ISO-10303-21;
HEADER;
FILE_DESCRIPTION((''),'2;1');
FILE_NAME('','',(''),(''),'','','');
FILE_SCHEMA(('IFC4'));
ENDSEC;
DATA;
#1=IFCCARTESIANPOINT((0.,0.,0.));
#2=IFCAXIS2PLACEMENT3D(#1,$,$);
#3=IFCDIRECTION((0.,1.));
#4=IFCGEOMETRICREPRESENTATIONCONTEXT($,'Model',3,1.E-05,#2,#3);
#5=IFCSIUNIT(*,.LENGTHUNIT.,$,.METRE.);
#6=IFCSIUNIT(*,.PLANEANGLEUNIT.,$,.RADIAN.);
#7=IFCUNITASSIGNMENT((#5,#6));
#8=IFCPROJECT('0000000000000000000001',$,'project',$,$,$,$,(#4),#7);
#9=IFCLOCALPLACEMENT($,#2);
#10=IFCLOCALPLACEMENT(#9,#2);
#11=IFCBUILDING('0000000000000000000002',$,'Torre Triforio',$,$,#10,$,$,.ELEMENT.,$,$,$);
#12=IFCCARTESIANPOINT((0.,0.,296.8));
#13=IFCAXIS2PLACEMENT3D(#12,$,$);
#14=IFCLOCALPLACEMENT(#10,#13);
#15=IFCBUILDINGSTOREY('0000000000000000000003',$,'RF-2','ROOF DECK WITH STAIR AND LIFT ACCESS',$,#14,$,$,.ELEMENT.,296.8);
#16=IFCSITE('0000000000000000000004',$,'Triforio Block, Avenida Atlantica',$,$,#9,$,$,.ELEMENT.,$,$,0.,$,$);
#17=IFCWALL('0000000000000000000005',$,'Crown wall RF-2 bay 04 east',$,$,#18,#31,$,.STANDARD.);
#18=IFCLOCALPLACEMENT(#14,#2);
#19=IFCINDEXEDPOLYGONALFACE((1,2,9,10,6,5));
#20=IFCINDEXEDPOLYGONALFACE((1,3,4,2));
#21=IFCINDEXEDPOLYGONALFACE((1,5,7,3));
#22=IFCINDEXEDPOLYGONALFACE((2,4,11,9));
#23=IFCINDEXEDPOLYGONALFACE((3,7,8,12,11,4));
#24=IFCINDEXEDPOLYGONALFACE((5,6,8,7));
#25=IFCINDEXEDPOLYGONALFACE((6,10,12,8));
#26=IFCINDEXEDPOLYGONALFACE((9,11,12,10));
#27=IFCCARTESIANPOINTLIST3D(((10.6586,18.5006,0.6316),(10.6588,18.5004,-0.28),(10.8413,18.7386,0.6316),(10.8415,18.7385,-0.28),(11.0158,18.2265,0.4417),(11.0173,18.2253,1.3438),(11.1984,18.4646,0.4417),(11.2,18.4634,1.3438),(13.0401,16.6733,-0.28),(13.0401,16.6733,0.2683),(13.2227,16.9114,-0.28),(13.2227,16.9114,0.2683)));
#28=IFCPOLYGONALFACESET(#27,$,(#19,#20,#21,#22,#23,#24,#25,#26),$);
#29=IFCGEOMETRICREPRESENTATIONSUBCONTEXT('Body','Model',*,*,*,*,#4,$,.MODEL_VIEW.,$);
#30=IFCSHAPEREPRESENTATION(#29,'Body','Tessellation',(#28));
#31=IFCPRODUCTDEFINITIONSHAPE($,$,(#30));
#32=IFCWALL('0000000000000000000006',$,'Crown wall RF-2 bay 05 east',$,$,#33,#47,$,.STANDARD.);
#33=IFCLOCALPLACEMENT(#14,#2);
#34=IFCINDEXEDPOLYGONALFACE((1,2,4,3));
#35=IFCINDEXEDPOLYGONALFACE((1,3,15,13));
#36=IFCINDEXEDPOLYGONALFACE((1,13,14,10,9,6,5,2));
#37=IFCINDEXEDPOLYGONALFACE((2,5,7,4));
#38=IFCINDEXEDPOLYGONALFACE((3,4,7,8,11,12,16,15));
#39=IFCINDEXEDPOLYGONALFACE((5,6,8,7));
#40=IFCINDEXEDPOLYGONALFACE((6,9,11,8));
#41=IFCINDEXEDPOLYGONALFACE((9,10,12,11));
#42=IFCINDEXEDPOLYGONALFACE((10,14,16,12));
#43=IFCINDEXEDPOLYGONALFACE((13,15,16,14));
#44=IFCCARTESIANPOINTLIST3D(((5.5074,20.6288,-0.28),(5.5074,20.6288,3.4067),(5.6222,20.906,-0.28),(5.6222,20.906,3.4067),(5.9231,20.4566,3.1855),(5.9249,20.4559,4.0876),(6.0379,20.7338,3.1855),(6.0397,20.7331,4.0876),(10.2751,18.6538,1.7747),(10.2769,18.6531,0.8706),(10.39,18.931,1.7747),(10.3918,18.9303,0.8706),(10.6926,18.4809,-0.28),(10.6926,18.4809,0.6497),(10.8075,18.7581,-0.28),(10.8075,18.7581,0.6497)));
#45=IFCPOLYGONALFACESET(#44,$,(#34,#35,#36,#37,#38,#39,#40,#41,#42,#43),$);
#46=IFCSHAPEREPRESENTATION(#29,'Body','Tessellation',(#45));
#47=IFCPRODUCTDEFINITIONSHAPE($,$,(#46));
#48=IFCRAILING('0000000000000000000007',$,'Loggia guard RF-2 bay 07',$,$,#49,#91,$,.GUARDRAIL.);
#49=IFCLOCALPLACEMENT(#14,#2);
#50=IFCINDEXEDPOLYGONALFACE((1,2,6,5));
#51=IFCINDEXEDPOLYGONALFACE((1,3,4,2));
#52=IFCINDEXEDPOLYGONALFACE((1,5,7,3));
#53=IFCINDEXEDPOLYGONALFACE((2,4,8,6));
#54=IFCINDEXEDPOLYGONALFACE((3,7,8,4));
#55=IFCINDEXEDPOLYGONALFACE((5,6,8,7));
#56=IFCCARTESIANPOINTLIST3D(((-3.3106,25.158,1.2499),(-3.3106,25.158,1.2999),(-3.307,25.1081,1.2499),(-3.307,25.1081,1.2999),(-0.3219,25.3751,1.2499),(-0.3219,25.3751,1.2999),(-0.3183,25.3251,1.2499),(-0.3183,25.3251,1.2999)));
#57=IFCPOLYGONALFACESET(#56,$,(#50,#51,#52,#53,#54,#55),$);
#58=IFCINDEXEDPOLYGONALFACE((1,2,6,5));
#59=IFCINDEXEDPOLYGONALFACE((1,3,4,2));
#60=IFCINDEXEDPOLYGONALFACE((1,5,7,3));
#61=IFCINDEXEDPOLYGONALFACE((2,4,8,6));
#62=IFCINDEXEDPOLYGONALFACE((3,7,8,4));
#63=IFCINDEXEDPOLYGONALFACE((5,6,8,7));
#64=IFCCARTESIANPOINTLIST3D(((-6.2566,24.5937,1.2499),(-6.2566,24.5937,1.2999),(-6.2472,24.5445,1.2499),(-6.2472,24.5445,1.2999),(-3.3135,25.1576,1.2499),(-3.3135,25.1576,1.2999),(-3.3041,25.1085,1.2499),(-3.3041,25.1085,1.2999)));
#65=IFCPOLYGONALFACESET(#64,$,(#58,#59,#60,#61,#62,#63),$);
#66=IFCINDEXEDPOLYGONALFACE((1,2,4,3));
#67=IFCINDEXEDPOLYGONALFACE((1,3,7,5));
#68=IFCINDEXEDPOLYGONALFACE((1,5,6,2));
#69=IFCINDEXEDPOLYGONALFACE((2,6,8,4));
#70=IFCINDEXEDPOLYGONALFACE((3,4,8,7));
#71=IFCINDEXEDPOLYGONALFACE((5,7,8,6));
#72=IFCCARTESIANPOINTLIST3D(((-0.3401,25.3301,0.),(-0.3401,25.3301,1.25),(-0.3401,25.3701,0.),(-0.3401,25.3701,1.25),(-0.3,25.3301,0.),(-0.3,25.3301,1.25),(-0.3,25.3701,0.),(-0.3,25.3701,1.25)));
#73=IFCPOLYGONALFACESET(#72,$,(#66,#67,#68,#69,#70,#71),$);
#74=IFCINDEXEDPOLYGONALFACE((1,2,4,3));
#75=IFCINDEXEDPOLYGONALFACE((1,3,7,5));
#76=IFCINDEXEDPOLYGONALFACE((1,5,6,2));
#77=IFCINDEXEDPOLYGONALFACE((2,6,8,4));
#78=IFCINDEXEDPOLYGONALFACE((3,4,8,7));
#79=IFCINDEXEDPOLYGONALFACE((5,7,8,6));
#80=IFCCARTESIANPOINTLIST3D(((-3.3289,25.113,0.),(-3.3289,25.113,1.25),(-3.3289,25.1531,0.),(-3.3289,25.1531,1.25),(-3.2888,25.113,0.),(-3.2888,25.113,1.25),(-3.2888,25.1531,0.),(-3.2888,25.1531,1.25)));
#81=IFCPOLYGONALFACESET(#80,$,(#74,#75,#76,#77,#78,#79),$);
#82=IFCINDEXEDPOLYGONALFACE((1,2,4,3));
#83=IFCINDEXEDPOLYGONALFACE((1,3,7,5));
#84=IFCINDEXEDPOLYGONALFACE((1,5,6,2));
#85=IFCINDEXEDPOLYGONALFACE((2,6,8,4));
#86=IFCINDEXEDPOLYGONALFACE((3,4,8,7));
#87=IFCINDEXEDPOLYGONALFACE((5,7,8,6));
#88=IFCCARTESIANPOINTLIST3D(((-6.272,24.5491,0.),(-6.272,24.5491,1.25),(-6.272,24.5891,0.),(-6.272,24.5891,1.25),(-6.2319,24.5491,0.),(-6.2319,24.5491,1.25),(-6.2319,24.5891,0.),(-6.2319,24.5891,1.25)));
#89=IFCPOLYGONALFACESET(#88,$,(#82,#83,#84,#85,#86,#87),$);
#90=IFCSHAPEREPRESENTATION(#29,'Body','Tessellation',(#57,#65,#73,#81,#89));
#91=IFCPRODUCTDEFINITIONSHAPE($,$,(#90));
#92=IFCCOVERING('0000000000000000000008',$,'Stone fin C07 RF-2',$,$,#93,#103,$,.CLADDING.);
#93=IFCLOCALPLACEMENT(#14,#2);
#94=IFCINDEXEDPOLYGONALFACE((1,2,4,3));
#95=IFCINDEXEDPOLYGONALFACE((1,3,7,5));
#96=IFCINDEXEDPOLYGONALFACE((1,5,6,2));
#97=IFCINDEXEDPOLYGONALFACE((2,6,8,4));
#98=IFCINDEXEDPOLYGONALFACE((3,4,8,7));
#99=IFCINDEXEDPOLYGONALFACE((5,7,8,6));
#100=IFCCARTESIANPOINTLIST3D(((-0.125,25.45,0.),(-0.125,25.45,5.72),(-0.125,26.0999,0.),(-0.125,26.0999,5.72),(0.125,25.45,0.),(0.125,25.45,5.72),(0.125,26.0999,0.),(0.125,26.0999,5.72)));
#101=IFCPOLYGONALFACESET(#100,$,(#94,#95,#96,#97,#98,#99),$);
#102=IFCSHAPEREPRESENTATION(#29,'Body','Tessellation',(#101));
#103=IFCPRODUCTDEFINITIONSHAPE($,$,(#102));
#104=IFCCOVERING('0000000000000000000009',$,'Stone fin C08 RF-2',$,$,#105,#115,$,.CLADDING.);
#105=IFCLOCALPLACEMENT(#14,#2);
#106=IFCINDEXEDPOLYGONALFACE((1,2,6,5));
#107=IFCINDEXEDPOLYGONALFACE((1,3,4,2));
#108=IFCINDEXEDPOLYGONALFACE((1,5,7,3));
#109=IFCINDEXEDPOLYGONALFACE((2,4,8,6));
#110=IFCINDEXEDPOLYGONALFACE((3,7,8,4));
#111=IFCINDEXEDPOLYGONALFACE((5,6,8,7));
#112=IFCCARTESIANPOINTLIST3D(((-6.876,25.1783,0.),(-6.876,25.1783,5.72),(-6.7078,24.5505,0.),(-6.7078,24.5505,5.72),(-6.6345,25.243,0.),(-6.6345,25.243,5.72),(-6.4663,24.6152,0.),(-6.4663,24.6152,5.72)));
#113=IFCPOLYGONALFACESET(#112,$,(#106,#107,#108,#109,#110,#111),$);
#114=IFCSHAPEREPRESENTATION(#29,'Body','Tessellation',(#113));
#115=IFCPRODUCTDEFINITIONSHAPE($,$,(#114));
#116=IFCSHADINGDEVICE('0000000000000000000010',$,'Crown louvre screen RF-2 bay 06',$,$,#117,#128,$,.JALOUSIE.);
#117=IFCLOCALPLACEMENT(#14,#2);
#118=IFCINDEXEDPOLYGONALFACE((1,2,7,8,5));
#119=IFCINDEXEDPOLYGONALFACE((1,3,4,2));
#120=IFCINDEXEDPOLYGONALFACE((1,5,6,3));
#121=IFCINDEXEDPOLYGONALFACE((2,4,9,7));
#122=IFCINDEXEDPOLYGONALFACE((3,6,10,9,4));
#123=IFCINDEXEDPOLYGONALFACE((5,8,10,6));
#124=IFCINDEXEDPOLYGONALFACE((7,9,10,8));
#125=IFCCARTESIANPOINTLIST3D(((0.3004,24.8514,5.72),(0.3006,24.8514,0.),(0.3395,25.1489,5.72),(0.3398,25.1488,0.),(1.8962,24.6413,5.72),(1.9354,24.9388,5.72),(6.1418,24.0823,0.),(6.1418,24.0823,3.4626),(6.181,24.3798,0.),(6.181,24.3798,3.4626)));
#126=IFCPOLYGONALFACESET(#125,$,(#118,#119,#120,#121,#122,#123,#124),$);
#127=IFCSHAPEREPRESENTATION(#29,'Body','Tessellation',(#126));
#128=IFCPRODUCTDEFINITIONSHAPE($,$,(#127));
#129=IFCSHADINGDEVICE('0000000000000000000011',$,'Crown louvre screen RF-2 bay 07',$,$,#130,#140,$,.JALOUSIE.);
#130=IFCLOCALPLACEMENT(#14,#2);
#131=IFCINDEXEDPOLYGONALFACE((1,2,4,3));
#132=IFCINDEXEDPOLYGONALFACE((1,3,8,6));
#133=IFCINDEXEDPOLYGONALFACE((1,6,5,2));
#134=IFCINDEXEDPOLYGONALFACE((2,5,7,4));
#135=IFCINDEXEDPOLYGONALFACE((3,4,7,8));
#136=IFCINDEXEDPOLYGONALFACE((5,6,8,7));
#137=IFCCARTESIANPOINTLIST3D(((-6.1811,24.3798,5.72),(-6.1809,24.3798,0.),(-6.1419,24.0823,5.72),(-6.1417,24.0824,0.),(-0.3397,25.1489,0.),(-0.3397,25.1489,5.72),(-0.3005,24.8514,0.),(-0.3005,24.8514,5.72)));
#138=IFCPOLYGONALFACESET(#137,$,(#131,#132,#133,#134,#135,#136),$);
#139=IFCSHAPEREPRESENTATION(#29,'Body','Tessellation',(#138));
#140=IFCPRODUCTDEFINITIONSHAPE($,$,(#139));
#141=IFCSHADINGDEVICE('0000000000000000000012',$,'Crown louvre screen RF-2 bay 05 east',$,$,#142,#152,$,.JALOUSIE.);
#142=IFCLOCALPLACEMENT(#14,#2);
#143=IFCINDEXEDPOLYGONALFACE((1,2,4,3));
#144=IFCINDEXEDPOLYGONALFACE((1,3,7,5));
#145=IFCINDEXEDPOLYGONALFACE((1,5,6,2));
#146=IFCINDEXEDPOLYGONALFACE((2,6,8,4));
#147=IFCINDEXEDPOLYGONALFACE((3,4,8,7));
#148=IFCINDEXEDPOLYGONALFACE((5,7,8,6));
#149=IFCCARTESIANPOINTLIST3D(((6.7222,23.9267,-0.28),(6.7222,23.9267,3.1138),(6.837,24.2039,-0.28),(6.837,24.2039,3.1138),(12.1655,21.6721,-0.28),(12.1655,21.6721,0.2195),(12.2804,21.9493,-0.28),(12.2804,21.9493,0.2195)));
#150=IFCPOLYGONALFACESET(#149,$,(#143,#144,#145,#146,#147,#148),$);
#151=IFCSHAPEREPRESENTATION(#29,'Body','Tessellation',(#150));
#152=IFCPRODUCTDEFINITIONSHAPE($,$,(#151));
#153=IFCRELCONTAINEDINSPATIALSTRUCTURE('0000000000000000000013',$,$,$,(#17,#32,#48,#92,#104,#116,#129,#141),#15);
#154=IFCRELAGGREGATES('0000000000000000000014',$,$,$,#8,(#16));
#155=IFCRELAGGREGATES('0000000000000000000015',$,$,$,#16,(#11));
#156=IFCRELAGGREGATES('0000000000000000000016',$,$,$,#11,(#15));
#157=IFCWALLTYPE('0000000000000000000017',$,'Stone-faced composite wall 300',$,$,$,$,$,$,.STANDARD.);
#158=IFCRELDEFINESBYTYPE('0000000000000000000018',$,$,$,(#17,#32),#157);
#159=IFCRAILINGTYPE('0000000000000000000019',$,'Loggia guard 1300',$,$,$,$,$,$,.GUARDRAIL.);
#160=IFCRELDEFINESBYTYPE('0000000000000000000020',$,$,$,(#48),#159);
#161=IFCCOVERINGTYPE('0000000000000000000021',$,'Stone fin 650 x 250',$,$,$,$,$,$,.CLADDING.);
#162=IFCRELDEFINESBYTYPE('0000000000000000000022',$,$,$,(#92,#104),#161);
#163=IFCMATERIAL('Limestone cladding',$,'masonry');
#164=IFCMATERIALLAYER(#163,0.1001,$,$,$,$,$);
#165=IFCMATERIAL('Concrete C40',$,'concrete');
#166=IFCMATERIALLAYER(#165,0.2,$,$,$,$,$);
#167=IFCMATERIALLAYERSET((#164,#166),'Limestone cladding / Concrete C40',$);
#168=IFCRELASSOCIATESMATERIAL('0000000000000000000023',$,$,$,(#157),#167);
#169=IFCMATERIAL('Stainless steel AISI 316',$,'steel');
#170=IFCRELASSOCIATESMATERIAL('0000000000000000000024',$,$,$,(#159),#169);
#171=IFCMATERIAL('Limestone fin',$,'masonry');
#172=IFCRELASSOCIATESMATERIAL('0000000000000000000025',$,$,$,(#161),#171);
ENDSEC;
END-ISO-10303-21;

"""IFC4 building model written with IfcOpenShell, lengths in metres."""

from ifc_helpers import new_model, si_unit, direction, frame, origin, origin_2d, place, context, subcontext, project, spatial, polyline, rectangle, outline, extrude, material, layer, layer_set, material_profile, profile_set, type_object, element, save


model = new_model("IFC4")

# Units and contexts
model_context = context("Model", 3, precision=1e-05, world=origin(), true_north=direction((0.0, 1.0)))
body_context = subcontext(model_context, "Body", "Model", "MODEL_VIEW")
ifc_project = project(units=[si_unit("LENGTHUNIT", "METRE"), si_unit("PLANEANGLEUNIT", "RADIAN")], contexts=[model_context])

# Site, building, storey
site_placement = place(None, origin())
site = spatial("IfcSite", under=ifc_project, at=site_placement, Name="Triforio Block, Avenida Atlantica", CompositionType="ELEMENT", RefElevation=0.0)
building_placement = place(site_placement, origin())
building = spatial("IfcBuilding", under=site, at=building_placement, Name="Torre Triforio", CompositionType="ELEMENT")
storey_placement = place(building_placement, frame((0.0, 0.0, 296.8)))
storey = spatial("IfcBuildingStorey", under=building, at=storey_placement, Name="RF-2", Description="ROOF DECK WITH STAIR AND LIFT ACCESS", CompositionType="ELEMENT", Elevation=296.8)

# Shared definitions
ifc_material_1 = material(Name="Concrete C40", Category="concrete")

# Walls
ifc_material_2 = material(Name="Limestone cladding", Category="masonry")
ifc_layer_1 = layer(ifc_material_2, 0.1001)
ifc_layer_2 = layer(ifc_material_1, 0.2)
ifc_layer_set_1 = layer_set([ifc_layer_1, ifc_layer_2], Name="Limestone cladding / Concrete C40")
wall_type_1 = type_object("IfcWallType", Name="Stone-faced composite wall 300", PredefinedType="STANDARD", material=ifc_layer_set_1)
wall_1_placement = place(storey_placement, frame((13.1313, 16.7922, -0.28), z_axis=(0.0, 0.0, 1.0), x_axis=(-0.793373, 0.608735, 0.0)))
element("IfcWall", 1, at=wall_1_placement, inside=storey, type_object=wall_type_1, Name="Crown wall RF-2 bay 04 east", PredefinedType="STANDARD", context=body_context, shape_type="SweptSolid", body=[
    extrude(outline(polyline([(0.0, 0.0), (3.0015, 0.0), (3.0017, 0.9116), (2.5515, 0.7217), (2.5496, 1.6238), (0.0, 0.5483), (0.0, 0.0)])), frame((0.0, 0.1499, 0.0), z_axis=(0.0, -1.0, 0.0), x_axis=(1.0, 0.0, 0.0)), (0.0, 0.0, 1.0), 0.3),
])
wall_2_placement = place(storey_placement, frame((10.75, 18.6194, -0.28), z_axis=(0.0, 0.0, 1.0), x_axis=(-0.923872, 0.382703, 0.0)))
element("IfcWall", 2, at=wall_2_placement, inside=storey, type_object=wall_type_1, Name="Crown wall RF-2 bay 05 east", PredefinedType="STANDARD", context=body_context, shape_type="SweptSolid", body=[
    extrude(outline(polyline([(0.0, 0.0), (5.6125, 0.0), (5.6125, 3.6868), (5.1626, 3.4656), (5.1606, 4.3677), (0.4519, 2.0547), (0.45, 1.1506), (0.0, 0.9297), (0.0, 0.0)])), frame((0.0, 0.1499, 0.0), z_axis=(0.0, -1.0, 0.0), x_axis=(1.0, 0.0, 0.0)), (0.0, 0.0, 1.0), 0.3),
])

# Railing
ifc_material_3 = material(Name="Stainless steel AISI 316", Category="steel")
railing_type = type_object("IfcRailingType", Name="Loggia guard 1300", PredefinedType="GUARDRAIL", material=ifc_material_3)
railing_placement = place(storey_placement, frame((-0.3201, 25.3501, 0.0)))
element("IfcRailing", 3, at=railing_placement, inside=storey, type_object=railing_type, Name="Loggia guard RF-2 bay 07", PredefinedType="GUARDRAIL", context=body_context, shape_type="SweptSolid", body=[
    extrude(rectangle(XDim=0.05, YDim=0.05, at=origin_2d()), frame((0.0, 0.0, 1.2749), z_axis=(-0.997374, -0.072428, 0.0), x_axis=(0.072428, -0.997374, 0.0)), (0.0, 0.0, 1.0), 2.9966),
    extrude(rectangle(XDim=0.05, YDim=0.05, at=origin_2d()), frame((-2.9888, -0.217, 1.2749), z_axis=(-0.982131, -0.188198, 0.0), x_axis=(0.188198, -0.982131, 0.0)), (0.0, 0.0, 1.0), 2.9966),
    extrude(rectangle(XDim=0.04, YDim=0.04, at=origin_2d()), origin(), (0.0, 0.0, 1.0), 1.25),
    extrude(rectangle(XDim=0.04, YDim=0.04, at=origin_2d()), frame((-2.9888, -0.217, 0.0)), (0.0, 0.0, 1.0), 1.25),
    extrude(rectangle(XDim=0.04, YDim=0.04, at=origin_2d()), frame((-5.9319, -0.781, 0.0)), (0.0, 0.0, 1.0), 1.25),
])

# Coverings
ifc_material_4 = material(Name="Limestone fin", Category="masonry")
ifc_material_profile_1 = material_profile(ifc_material_4, rectangle(XDim=0.6499, YDim=0.25, at=origin_2d()), Name="FIN 650x250")
ifc_profile_set_1 = profile_set([ifc_material_profile_1], Name="Limestone fin")
covering_type = type_object("IfcCoveringType", Name="Stone fin 650 x 250", PredefinedType="CLADDING", material=ifc_profile_set_1)
for number, where, z_axis, x_axis, name in (
    (4, (0.0, 25.7749, 0.0), (0.0, 0.0, 1.0), (0.0, 1.0, 0.0), "Stone fin C07 RF-2"),
    (5, (-6.6711, 24.8967, 0.0), (0.0, 0.0, 1.0), (-0.258819, 0.965926, 0.0), "Stone fin C08 RF-2"),
):
    element("IfcCovering", number, at=place(storey_placement, frame(where, z_axis=z_axis, x_axis=x_axis)), inside=storey, type_object=covering_type, Name=name, PredefinedType="CLADDING", context=body_context, shape_type="SweptSolid", body=[
        extrude(rectangle(XDim=0.6499, YDim=0.25, at=origin_2d()), origin(), (0.0, 0.0, 1.0), 5.72),
    ])

# Shading devices
shading_device_1_placement = place(storey_placement, frame((6.1614, 24.231, 0.0), z_axis=(0.0, 0.0, 1.0), x_axis=(-0.991444, 0.13053, 0.0)))
element("IfcShadingDevice", 6, at=shading_device_1_placement, inside=storey, Name="Crown louvre screen RF-2 bay 06", PredefinedType="JALOUSIE", context=body_context, shape_type="SweptSolid", body=[
    extrude(outline(polyline([(0.0, 0.0), (5.8916, 0.0), (5.8918, 5.72), (4.2822, 5.72), (0.0, 3.4626), (0.0, 0.0)])), frame((0.0, 0.1499, 0.0), z_axis=(0.0, -1.0, 0.0), x_axis=(1.0, 0.0, 0.0)), (0.0, 0.0, 1.0), 0.3),
])
shading_device_2_placement = place(storey_placement, frame((-0.3201, 25.0, 0.0), z_axis=(0.0, 0.0, 1.0), x_axis=(-0.991444, -0.13053, 0.0)))
element("IfcShadingDevice", 7, at=shading_device_2_placement, inside=storey, Name="Crown louvre screen RF-2 bay 07", PredefinedType="JALOUSIE", context=body_context, shape_type="SweptSolid", body=[
    extrude(outline(polyline([(0.0, 0.0), (5.8916, 0.0), (5.8918, 5.72), (0.0, 5.72), (0.0, 0.0)])), frame((0.0, 0.1499, 0.0), z_axis=(0.0, -1.0, 0.0), x_axis=(1.0, 0.0, 0.0)), (0.0, 0.0, 1.0), 0.3),
])
shading_device_3_placement = place(storey_placement, frame((12.2229, 21.8105, -0.28), z_axis=(0.0, 0.0, 1.0), x_axis=(-0.923884, 0.382673, 0.0)))
element("IfcShadingDevice", 8, at=shading_device_3_placement, inside=storey, Name="Crown louvre screen RF-2 bay 05 east", PredefinedType="JALOUSIE", context=body_context, shape_type="SweptSolid", body=[
    extrude(outline(polyline([(0.0, 0.0), (5.8918, 0.0), (5.8918, 3.3938), (0.0, 0.4995), (0.0, 0.0)])), frame((0.0, 0.1499, 0.0), z_axis=(0.0, -1.0, 0.0), x_axis=(1.0, 0.0, 0.0)), (0.0, 0.0, 1.0), 0.3),
])

save(model, "model.ifc")
